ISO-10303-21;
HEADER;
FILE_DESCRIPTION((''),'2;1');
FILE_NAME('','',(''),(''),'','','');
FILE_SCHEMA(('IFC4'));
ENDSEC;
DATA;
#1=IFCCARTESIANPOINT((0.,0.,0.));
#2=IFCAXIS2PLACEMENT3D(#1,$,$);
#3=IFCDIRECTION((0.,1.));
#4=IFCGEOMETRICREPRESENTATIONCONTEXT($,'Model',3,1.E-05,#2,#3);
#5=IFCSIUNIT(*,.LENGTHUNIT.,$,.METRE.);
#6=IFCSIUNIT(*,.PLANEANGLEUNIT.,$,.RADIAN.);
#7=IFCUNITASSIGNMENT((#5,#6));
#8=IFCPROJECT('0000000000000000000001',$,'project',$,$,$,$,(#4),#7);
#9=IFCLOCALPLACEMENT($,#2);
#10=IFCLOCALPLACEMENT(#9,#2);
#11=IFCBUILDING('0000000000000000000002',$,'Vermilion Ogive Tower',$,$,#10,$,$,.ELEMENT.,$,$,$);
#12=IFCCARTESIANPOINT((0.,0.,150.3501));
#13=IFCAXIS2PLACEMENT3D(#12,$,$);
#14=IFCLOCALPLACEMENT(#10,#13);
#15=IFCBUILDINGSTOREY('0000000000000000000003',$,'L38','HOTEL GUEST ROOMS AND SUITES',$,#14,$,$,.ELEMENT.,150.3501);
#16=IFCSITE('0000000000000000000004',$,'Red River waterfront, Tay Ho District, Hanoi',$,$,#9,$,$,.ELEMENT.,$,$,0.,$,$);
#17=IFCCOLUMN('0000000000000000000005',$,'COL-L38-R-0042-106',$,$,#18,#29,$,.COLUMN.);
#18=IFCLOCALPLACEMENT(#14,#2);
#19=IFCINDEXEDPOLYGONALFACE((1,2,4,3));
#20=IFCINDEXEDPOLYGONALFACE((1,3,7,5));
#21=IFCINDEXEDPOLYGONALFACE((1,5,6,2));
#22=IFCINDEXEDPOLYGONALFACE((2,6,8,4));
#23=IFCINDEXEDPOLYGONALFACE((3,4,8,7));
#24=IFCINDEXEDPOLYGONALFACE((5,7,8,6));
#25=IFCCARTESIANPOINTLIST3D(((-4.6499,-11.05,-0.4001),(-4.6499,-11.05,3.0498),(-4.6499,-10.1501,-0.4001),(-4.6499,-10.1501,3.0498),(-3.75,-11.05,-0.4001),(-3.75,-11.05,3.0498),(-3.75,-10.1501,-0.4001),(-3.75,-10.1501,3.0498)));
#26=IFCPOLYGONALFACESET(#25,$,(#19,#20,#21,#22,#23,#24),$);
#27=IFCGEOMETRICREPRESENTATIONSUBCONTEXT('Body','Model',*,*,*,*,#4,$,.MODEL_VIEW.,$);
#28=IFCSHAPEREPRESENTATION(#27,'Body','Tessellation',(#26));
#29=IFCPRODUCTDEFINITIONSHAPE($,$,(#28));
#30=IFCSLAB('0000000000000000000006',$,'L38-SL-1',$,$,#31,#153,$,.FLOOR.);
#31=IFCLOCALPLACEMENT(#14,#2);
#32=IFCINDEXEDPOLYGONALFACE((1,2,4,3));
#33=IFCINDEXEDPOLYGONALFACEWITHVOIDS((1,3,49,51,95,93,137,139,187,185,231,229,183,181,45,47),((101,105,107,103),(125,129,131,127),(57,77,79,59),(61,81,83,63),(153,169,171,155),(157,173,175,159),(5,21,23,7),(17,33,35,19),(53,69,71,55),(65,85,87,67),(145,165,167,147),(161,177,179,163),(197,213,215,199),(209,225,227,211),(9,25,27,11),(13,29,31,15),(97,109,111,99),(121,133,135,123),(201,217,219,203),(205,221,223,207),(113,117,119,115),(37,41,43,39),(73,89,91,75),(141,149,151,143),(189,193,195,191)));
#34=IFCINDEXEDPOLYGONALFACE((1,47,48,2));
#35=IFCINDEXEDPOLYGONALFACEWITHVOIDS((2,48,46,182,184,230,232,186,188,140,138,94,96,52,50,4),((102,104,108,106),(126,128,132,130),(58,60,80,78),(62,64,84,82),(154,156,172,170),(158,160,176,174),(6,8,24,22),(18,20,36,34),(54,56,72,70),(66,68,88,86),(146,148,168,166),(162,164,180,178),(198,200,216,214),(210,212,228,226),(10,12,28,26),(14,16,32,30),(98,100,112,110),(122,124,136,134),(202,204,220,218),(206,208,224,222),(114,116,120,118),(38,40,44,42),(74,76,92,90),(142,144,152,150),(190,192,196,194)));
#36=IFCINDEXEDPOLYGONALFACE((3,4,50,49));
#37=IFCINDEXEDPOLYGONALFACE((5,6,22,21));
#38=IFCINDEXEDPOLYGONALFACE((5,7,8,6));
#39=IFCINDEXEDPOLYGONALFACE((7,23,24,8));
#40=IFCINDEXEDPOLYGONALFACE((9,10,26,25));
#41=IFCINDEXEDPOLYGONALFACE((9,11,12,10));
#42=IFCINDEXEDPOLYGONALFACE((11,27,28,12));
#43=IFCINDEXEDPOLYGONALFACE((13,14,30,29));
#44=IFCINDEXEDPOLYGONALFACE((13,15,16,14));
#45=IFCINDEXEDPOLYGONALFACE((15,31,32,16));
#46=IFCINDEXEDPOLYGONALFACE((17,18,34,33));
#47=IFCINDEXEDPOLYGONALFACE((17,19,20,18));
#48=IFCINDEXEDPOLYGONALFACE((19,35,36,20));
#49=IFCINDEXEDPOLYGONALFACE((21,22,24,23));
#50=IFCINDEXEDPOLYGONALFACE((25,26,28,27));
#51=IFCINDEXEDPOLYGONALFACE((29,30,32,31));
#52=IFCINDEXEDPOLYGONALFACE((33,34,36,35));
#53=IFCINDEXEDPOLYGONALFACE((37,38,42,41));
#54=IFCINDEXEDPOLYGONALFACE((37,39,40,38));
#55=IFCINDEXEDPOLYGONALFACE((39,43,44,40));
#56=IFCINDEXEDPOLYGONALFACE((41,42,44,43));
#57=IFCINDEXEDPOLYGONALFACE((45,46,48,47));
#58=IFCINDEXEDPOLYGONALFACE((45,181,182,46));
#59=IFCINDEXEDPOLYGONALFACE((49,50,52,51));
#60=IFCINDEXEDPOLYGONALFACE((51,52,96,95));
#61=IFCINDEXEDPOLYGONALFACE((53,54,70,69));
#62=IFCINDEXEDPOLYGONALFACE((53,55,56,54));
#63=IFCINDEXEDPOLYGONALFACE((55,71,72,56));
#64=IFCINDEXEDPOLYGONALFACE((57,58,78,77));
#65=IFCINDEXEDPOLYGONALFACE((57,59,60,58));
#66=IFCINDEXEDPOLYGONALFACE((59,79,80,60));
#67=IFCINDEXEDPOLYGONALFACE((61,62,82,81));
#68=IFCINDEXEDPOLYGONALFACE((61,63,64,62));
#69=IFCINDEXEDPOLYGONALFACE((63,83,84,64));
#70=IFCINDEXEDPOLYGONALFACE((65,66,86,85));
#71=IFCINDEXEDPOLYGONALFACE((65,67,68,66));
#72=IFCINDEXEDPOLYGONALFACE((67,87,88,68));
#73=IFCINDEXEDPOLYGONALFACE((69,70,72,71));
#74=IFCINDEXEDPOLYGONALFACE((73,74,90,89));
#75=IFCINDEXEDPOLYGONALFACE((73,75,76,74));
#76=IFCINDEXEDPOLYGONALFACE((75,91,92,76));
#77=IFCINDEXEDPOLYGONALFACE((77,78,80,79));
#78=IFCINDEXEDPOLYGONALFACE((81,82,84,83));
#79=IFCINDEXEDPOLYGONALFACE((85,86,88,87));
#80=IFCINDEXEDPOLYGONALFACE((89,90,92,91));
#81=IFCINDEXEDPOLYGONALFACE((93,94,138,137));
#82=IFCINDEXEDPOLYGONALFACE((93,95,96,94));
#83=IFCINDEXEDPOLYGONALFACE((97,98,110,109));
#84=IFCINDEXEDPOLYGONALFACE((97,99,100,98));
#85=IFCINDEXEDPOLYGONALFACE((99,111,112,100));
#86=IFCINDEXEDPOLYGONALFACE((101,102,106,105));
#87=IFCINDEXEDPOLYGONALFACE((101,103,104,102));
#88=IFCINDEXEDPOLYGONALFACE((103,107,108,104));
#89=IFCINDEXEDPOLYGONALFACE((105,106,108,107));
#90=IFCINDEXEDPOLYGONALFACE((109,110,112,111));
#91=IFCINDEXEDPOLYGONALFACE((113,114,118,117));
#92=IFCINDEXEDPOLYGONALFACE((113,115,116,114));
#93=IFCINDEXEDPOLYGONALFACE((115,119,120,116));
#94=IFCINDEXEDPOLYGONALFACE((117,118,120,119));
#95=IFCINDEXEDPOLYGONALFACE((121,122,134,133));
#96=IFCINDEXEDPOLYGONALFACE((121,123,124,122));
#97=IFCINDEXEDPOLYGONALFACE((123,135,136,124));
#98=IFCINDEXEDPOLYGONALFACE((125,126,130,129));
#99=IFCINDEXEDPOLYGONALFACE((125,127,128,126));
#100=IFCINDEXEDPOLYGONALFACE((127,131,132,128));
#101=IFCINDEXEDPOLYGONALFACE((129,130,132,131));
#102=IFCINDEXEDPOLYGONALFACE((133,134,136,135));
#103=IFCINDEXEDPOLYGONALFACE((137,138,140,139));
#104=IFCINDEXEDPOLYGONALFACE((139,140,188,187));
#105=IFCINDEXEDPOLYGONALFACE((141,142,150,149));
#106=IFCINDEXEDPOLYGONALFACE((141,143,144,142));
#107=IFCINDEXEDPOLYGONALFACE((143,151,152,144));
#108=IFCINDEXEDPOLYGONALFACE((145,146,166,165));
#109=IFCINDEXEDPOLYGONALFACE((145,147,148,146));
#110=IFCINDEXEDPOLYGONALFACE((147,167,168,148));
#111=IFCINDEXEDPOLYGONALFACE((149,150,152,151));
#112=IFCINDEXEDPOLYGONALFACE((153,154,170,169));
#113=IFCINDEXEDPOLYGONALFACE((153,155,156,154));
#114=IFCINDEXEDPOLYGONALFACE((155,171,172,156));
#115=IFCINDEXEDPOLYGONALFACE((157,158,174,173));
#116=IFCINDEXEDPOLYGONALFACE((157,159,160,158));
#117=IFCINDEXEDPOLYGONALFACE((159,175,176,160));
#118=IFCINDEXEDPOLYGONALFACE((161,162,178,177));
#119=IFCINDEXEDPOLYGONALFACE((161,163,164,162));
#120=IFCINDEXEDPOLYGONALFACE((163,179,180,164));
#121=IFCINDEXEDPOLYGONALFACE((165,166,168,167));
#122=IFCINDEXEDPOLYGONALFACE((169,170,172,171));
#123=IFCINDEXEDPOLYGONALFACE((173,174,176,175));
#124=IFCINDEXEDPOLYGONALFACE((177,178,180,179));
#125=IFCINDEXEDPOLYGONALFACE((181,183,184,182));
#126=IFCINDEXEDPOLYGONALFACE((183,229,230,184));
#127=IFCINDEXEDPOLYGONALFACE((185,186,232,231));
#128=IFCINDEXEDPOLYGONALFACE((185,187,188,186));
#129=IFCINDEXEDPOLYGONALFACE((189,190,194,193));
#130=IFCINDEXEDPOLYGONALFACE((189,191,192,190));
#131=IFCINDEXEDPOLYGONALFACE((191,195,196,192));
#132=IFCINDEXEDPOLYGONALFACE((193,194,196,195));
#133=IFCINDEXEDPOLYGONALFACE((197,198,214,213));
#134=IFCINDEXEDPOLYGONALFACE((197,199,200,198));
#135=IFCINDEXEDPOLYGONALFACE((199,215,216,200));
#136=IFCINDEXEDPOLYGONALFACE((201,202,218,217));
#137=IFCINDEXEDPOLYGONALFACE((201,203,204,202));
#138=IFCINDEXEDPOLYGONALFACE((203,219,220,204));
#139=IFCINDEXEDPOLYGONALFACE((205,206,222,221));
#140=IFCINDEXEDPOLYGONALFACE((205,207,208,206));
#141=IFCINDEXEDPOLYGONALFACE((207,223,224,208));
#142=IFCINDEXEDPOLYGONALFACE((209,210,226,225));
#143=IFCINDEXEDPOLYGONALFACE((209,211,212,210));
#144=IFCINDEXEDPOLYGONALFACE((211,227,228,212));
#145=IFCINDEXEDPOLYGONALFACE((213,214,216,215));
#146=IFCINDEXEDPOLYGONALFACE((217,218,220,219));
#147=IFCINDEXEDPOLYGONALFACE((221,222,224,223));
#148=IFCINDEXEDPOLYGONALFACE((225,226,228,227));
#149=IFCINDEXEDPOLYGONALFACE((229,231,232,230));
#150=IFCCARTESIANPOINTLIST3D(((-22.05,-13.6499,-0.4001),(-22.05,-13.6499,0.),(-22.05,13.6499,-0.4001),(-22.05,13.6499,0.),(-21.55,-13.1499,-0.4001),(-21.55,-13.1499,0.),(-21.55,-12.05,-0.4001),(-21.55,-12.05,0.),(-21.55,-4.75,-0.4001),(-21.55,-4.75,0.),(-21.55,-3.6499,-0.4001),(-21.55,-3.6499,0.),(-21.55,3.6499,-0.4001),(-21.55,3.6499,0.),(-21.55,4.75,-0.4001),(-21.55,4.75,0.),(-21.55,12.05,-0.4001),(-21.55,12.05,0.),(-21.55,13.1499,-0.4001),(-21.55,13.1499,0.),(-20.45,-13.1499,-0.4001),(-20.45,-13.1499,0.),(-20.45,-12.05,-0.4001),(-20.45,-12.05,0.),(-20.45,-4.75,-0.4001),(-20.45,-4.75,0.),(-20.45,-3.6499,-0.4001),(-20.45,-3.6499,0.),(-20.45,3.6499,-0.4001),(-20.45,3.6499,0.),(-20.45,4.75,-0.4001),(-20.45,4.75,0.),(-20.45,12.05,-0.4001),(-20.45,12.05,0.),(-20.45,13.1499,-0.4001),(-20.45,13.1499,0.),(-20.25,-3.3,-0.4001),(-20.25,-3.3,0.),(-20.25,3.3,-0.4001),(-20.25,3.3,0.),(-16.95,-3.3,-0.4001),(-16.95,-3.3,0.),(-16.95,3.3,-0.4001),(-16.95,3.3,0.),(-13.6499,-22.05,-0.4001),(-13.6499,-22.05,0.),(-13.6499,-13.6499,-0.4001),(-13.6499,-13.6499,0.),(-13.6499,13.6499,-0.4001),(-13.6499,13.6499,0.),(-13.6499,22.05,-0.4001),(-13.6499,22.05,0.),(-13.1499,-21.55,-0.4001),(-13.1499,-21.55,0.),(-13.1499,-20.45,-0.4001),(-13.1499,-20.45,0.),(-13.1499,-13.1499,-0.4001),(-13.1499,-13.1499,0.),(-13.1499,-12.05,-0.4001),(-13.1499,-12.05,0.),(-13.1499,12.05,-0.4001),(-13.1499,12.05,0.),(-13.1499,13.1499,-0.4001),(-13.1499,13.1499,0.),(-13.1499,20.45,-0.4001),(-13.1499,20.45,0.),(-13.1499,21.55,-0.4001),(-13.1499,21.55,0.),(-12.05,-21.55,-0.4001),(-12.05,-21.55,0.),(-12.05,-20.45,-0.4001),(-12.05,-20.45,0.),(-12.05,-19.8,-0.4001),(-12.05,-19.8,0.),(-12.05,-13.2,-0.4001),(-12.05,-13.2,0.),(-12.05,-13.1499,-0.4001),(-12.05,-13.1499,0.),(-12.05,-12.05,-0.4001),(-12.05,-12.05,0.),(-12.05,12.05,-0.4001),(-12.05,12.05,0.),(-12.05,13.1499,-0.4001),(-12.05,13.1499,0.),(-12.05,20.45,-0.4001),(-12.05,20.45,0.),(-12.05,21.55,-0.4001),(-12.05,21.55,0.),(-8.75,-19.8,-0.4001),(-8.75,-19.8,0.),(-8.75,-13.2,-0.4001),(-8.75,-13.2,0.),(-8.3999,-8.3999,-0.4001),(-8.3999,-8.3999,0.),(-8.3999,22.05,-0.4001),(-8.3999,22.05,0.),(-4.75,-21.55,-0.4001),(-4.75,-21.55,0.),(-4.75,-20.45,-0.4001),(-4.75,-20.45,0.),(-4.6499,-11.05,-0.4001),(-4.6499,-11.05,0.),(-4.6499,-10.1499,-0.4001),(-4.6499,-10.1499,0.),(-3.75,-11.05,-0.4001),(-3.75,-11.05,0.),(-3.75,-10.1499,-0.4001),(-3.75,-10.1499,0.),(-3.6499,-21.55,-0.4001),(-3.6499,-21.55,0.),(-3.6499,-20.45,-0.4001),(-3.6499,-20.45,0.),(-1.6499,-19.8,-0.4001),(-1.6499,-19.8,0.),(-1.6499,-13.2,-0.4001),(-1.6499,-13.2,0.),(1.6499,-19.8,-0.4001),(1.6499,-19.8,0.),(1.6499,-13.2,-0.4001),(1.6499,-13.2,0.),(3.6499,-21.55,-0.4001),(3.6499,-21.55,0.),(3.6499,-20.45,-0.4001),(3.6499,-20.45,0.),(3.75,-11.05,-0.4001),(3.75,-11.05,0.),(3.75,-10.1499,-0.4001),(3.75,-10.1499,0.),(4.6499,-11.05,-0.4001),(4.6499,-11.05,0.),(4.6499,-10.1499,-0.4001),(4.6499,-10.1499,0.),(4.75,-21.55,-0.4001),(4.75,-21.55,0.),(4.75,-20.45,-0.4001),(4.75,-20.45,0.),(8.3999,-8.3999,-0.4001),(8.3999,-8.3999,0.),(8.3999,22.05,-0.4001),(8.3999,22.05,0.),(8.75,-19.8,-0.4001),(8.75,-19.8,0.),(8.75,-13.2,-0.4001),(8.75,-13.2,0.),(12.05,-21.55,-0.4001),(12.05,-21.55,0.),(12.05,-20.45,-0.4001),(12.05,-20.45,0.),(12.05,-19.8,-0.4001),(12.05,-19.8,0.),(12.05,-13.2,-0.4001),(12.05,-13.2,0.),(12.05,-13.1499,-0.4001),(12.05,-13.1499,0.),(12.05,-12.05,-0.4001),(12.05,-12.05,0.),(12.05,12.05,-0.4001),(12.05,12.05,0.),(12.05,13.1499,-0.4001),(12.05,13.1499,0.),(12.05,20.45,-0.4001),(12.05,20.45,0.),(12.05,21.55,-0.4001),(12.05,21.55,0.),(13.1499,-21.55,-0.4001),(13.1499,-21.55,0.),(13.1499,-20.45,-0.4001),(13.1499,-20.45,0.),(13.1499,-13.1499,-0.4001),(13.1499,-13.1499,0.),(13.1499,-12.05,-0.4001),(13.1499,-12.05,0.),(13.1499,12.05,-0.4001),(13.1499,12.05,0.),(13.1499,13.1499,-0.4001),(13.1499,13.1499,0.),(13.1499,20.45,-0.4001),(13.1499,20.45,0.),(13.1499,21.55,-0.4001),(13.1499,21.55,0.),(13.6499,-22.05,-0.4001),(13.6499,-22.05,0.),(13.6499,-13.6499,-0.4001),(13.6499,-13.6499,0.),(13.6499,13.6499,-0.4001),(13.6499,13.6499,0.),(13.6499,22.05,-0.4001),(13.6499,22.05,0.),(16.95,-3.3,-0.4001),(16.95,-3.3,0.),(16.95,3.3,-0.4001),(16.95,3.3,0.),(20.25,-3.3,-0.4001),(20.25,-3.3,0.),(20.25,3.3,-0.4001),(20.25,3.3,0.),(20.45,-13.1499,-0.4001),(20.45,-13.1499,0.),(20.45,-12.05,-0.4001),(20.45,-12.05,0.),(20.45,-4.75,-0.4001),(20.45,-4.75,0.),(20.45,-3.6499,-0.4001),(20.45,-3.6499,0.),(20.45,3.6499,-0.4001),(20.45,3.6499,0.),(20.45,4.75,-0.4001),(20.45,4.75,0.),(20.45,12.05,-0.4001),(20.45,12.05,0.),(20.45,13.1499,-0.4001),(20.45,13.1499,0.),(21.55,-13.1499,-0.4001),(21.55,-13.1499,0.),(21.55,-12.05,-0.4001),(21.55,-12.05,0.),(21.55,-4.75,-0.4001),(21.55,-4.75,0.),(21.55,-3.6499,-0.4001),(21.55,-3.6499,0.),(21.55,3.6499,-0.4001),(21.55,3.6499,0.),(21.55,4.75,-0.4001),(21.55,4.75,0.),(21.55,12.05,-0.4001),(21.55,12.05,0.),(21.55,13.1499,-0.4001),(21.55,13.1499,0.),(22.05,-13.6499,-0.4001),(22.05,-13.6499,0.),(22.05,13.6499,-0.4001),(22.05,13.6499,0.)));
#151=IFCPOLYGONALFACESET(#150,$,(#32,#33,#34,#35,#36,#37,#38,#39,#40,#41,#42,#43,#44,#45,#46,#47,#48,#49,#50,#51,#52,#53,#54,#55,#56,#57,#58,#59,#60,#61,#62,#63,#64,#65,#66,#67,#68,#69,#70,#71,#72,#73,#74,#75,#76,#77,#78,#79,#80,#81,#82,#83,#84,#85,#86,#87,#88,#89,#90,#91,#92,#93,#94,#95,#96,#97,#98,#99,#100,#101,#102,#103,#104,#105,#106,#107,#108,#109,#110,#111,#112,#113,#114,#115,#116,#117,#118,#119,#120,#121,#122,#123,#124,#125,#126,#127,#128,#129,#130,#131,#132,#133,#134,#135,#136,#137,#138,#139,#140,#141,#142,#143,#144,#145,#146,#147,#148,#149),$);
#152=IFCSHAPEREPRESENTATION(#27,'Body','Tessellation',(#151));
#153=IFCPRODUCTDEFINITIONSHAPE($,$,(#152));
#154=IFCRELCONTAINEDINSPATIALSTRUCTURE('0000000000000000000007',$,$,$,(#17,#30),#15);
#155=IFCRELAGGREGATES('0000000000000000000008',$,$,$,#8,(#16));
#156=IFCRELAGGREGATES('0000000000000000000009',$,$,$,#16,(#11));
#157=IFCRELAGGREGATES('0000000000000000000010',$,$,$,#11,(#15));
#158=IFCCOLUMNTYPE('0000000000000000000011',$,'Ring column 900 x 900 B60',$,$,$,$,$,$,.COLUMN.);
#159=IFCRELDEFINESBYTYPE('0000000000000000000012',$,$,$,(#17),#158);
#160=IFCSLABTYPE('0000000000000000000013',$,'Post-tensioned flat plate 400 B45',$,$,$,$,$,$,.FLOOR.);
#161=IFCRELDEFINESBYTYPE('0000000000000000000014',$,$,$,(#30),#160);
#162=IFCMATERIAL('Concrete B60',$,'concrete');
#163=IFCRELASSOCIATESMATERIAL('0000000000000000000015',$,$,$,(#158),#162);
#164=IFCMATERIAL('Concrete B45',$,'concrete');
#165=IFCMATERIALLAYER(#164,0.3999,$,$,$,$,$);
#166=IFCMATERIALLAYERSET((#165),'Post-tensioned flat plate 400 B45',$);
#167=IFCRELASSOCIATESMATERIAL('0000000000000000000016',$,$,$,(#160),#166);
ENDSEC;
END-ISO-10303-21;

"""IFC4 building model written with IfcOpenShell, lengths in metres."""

from ifc_helpers import new_model, si_unit, direction, frame, origin, origin_2d, place, context, subcontext, project, spatial, polyline, rectangle, outline, extrude, material, layer, layer_set, material_profile, profile_set, type_object, element, save


model = new_model("IFC4")

# Units and contexts
model_context = context("Model", 3, precision=1e-05, world=origin(), true_north=direction((0.0, 1.0)))
body_context = subcontext(model_context, "Body", "Model", "MODEL_VIEW")
ifc_project = project(units=[si_unit("LENGTHUNIT", "METRE"), si_unit("PLANEANGLEUNIT", "RADIAN")], contexts=[model_context])

# Site, building, storey
site_placement = place(None, origin())
site = spatial("IfcSite", under=ifc_project, at=site_placement, Name="Red River waterfront, Tay Ho District, Hanoi", CompositionType="ELEMENT", RefElevation=0.0)
building_placement = place(site_placement, origin())
building = spatial("IfcBuilding", under=site, at=building_placement, Name="Vermilion Ogive Tower", CompositionType="ELEMENT")
storey_placement = place(building_placement, frame((0.0, 0.0, 150.3501)))
storey = spatial("IfcBuildingStorey", under=building, at=storey_placement, Name="L38", Description="HOTEL GUEST ROOMS AND SUITES", CompositionType="ELEMENT", Elevation=150.3501)

# Column
ifc_material_1 = material(Name="Concrete B60", Category="concrete")
ifc_material_profile = material_profile(ifc_material_1, rectangle(XDim=0.8999, YDim=0.8999, at=origin_2d()), Name="900 x 900")
ifc_profile_set = profile_set([ifc_material_profile], Name="Concrete B60")
column_type = type_object("IfcColumnType", Name="Ring column 900 x 900 B60", PredefinedType="COLUMN", material=ifc_profile_set)
column_placement = place(storey_placement, frame((-4.2, -10.6001, -0.4001), z_axis=(0.0, 0.0, 1.0), x_axis=(1.0, 0.0, 0.0)))
element("IfcColumn", 1, at=column_placement, inside=storey, type_object=column_type, Name="COL-L38-R-0042-106", PredefinedType="COLUMN", context=body_context, shape_type="SweptSolid", body=[
    extrude(rectangle(XDim=0.8999, YDim=0.8999, at=origin_2d()), origin(), (0.0, 0.0, 1.0), 3.45),
])

# Slab
ifc_material_2 = material(Name="Concrete B45", Category="concrete")
ifc_layer_1 = layer(ifc_material_2, 0.3999)
ifc_layer_set_1 = layer_set([ifc_layer_1], Name="Post-tensioned flat plate 400 B45")
slab_type = type_object("IfcSlabType", Name="Post-tensioned flat plate 400 B45", PredefinedType="FLOOR", material=ifc_layer_set_1)
slab_placement = place(storey_placement, frame((0.0, 0.0, -0.4001)))
element("IfcSlab", 2, at=slab_placement, inside=storey, type_object=slab_type, Name="L38-SL-1", PredefinedType="FLOOR", context=body_context, shape_type="SweptSolid", body=[
    extrude(outline(polyline([(-13.6499, -13.6499), (-22.05, -13.6499), (-22.05, 13.6499), (-13.6499, 13.6499), (-13.6499, 22.05), (-8.3999, 22.05), (-8.3999, -8.3999), (8.3999, -8.3999), (8.3999, 22.05), (13.6499, 22.05), (13.6499, 13.6499), (22.05, 13.6499), (22.05, -13.6499), (13.6499, -13.6499), (13.6499, -22.05), (-13.6499, -22.05), (-13.6499, -13.6499)]), holes=[polyline([(21.55, 12.05), (21.55, 13.1499), (20.45, 13.1499), (20.45, 12.05), (21.55, 12.05)]), polyline([(21.55, 3.6499), (21.55, 4.75), (20.45, 4.75), (20.45, 3.6499), (21.55, 3.6499)]), polyline([(21.55, -4.75), (21.55, -3.6499), (20.45, -3.6499), (20.45, -4.75), (21.55, -4.75)]), polyline([(21.55, -13.1499), (21.55, -12.05), (20.45, -12.05), (20.45, -13.1499), (21.55, -13.1499)]), polyline([(20.25, -3.3), (20.25, 3.3), (16.95, 3.3), (16.95, -3.3), (20.25, -3.3)]), polyline([(13.1499, 20.45), (13.1499, 21.55), (12.05, 21.55), (12.05, 20.45), (13.1499, 20.45)]), polyline([(13.1499, 12.05), (13.1499, 13.1499), (12.05, 13.1499), (12.05, 12.05), (13.1499, 12.05)]), polyline([(13.1499, -13.1499), (13.1499, -12.05), (12.05, -12.05), (12.05, -13.1499), (13.1499, -13.1499)]), polyline([(13.1499, -21.55), (13.1499, -20.45), (12.05, -20.45), (12.05, -21.55), (13.1499, -21.55)]), polyline([(12.05, -19.8), (12.05, -13.2), (8.75, -13.2), (8.75, -19.8), (12.05, -19.8)]), polyline([(4.75, -20.45), (3.6499, -20.45), (3.6499, -21.55), (4.75, -21.55), (4.75, -20.45)]), polyline([(4.6499, -11.05), (4.6499, -10.1499), (3.75, -10.1499), (3.75, -11.05), (4.6499, -11.05)]), polyline([(1.6499, -19.8), (1.6499, -13.2), (-1.6499, -13.2), (-1.6499, -19.8), (1.6499, -19.8)]), polyline([(-3.6499, -21.55), (-3.6499, -20.45), (-4.75, -20.45), (-4.75, -21.55), (-3.6499, -21.55)]), polyline([(-3.75, -11.05), (-3.75, -10.1499), (-4.6499, -10.1499), (-4.6499, -11.05), (-3.75, -11.05)]), polyline([(-8.75, -19.8), (-8.75, -13.2), (-12.05, -13.2), (-12.05, -19.8), (-8.75, -19.8)]), polyline([(-12.05, 20.45), (-12.05, 21.55), (-13.1499, 21.55), (-13.1499, 20.45), (-12.05, 20.45)]), polyline([(-12.05, 12.05), (-12.05, 13.1499), (-13.1499, 13.1499), (-13.1499, 12.05), (-12.05, 12.05)]), polyline([(-12.05, -13.1499), (-12.05, -12.05), (-13.1499, -12.05), (-13.1499, -13.1499), (-12.05, -13.1499)]), polyline([(-12.05, -20.45), (-13.1499, -20.45), (-13.1499, -21.55), (-12.05, -21.55), (-12.05, -20.45)]), polyline([(-16.95, -3.3), (-16.95, 3.3), (-20.25, 3.3), (-20.25, -3.3), (-16.95, -3.3)]), polyline([(-20.45, -13.1499), (-20.45, -12.05), (-21.55, -12.05), (-21.55, -13.1499), (-20.45, -13.1499)]), polyline([(-20.45, 12.05), (-20.45, 13.1499), (-21.55, 13.1499), (-21.55, 12.05), (-20.45, 12.05)]), polyline([(-20.45, 3.6499), (-20.45, 4.75), (-21.55, 4.75), (-21.55, 3.6499), (-20.45, 3.6499)]), polyline([(-20.45, -4.75), (-20.45, -3.6499), (-21.55, -3.6499), (-21.55, -4.75), (-20.45, -4.75)])]), origin(), (0.0, 0.0, 1.0), 0.4001),
])

save(model, "model.ifc")
